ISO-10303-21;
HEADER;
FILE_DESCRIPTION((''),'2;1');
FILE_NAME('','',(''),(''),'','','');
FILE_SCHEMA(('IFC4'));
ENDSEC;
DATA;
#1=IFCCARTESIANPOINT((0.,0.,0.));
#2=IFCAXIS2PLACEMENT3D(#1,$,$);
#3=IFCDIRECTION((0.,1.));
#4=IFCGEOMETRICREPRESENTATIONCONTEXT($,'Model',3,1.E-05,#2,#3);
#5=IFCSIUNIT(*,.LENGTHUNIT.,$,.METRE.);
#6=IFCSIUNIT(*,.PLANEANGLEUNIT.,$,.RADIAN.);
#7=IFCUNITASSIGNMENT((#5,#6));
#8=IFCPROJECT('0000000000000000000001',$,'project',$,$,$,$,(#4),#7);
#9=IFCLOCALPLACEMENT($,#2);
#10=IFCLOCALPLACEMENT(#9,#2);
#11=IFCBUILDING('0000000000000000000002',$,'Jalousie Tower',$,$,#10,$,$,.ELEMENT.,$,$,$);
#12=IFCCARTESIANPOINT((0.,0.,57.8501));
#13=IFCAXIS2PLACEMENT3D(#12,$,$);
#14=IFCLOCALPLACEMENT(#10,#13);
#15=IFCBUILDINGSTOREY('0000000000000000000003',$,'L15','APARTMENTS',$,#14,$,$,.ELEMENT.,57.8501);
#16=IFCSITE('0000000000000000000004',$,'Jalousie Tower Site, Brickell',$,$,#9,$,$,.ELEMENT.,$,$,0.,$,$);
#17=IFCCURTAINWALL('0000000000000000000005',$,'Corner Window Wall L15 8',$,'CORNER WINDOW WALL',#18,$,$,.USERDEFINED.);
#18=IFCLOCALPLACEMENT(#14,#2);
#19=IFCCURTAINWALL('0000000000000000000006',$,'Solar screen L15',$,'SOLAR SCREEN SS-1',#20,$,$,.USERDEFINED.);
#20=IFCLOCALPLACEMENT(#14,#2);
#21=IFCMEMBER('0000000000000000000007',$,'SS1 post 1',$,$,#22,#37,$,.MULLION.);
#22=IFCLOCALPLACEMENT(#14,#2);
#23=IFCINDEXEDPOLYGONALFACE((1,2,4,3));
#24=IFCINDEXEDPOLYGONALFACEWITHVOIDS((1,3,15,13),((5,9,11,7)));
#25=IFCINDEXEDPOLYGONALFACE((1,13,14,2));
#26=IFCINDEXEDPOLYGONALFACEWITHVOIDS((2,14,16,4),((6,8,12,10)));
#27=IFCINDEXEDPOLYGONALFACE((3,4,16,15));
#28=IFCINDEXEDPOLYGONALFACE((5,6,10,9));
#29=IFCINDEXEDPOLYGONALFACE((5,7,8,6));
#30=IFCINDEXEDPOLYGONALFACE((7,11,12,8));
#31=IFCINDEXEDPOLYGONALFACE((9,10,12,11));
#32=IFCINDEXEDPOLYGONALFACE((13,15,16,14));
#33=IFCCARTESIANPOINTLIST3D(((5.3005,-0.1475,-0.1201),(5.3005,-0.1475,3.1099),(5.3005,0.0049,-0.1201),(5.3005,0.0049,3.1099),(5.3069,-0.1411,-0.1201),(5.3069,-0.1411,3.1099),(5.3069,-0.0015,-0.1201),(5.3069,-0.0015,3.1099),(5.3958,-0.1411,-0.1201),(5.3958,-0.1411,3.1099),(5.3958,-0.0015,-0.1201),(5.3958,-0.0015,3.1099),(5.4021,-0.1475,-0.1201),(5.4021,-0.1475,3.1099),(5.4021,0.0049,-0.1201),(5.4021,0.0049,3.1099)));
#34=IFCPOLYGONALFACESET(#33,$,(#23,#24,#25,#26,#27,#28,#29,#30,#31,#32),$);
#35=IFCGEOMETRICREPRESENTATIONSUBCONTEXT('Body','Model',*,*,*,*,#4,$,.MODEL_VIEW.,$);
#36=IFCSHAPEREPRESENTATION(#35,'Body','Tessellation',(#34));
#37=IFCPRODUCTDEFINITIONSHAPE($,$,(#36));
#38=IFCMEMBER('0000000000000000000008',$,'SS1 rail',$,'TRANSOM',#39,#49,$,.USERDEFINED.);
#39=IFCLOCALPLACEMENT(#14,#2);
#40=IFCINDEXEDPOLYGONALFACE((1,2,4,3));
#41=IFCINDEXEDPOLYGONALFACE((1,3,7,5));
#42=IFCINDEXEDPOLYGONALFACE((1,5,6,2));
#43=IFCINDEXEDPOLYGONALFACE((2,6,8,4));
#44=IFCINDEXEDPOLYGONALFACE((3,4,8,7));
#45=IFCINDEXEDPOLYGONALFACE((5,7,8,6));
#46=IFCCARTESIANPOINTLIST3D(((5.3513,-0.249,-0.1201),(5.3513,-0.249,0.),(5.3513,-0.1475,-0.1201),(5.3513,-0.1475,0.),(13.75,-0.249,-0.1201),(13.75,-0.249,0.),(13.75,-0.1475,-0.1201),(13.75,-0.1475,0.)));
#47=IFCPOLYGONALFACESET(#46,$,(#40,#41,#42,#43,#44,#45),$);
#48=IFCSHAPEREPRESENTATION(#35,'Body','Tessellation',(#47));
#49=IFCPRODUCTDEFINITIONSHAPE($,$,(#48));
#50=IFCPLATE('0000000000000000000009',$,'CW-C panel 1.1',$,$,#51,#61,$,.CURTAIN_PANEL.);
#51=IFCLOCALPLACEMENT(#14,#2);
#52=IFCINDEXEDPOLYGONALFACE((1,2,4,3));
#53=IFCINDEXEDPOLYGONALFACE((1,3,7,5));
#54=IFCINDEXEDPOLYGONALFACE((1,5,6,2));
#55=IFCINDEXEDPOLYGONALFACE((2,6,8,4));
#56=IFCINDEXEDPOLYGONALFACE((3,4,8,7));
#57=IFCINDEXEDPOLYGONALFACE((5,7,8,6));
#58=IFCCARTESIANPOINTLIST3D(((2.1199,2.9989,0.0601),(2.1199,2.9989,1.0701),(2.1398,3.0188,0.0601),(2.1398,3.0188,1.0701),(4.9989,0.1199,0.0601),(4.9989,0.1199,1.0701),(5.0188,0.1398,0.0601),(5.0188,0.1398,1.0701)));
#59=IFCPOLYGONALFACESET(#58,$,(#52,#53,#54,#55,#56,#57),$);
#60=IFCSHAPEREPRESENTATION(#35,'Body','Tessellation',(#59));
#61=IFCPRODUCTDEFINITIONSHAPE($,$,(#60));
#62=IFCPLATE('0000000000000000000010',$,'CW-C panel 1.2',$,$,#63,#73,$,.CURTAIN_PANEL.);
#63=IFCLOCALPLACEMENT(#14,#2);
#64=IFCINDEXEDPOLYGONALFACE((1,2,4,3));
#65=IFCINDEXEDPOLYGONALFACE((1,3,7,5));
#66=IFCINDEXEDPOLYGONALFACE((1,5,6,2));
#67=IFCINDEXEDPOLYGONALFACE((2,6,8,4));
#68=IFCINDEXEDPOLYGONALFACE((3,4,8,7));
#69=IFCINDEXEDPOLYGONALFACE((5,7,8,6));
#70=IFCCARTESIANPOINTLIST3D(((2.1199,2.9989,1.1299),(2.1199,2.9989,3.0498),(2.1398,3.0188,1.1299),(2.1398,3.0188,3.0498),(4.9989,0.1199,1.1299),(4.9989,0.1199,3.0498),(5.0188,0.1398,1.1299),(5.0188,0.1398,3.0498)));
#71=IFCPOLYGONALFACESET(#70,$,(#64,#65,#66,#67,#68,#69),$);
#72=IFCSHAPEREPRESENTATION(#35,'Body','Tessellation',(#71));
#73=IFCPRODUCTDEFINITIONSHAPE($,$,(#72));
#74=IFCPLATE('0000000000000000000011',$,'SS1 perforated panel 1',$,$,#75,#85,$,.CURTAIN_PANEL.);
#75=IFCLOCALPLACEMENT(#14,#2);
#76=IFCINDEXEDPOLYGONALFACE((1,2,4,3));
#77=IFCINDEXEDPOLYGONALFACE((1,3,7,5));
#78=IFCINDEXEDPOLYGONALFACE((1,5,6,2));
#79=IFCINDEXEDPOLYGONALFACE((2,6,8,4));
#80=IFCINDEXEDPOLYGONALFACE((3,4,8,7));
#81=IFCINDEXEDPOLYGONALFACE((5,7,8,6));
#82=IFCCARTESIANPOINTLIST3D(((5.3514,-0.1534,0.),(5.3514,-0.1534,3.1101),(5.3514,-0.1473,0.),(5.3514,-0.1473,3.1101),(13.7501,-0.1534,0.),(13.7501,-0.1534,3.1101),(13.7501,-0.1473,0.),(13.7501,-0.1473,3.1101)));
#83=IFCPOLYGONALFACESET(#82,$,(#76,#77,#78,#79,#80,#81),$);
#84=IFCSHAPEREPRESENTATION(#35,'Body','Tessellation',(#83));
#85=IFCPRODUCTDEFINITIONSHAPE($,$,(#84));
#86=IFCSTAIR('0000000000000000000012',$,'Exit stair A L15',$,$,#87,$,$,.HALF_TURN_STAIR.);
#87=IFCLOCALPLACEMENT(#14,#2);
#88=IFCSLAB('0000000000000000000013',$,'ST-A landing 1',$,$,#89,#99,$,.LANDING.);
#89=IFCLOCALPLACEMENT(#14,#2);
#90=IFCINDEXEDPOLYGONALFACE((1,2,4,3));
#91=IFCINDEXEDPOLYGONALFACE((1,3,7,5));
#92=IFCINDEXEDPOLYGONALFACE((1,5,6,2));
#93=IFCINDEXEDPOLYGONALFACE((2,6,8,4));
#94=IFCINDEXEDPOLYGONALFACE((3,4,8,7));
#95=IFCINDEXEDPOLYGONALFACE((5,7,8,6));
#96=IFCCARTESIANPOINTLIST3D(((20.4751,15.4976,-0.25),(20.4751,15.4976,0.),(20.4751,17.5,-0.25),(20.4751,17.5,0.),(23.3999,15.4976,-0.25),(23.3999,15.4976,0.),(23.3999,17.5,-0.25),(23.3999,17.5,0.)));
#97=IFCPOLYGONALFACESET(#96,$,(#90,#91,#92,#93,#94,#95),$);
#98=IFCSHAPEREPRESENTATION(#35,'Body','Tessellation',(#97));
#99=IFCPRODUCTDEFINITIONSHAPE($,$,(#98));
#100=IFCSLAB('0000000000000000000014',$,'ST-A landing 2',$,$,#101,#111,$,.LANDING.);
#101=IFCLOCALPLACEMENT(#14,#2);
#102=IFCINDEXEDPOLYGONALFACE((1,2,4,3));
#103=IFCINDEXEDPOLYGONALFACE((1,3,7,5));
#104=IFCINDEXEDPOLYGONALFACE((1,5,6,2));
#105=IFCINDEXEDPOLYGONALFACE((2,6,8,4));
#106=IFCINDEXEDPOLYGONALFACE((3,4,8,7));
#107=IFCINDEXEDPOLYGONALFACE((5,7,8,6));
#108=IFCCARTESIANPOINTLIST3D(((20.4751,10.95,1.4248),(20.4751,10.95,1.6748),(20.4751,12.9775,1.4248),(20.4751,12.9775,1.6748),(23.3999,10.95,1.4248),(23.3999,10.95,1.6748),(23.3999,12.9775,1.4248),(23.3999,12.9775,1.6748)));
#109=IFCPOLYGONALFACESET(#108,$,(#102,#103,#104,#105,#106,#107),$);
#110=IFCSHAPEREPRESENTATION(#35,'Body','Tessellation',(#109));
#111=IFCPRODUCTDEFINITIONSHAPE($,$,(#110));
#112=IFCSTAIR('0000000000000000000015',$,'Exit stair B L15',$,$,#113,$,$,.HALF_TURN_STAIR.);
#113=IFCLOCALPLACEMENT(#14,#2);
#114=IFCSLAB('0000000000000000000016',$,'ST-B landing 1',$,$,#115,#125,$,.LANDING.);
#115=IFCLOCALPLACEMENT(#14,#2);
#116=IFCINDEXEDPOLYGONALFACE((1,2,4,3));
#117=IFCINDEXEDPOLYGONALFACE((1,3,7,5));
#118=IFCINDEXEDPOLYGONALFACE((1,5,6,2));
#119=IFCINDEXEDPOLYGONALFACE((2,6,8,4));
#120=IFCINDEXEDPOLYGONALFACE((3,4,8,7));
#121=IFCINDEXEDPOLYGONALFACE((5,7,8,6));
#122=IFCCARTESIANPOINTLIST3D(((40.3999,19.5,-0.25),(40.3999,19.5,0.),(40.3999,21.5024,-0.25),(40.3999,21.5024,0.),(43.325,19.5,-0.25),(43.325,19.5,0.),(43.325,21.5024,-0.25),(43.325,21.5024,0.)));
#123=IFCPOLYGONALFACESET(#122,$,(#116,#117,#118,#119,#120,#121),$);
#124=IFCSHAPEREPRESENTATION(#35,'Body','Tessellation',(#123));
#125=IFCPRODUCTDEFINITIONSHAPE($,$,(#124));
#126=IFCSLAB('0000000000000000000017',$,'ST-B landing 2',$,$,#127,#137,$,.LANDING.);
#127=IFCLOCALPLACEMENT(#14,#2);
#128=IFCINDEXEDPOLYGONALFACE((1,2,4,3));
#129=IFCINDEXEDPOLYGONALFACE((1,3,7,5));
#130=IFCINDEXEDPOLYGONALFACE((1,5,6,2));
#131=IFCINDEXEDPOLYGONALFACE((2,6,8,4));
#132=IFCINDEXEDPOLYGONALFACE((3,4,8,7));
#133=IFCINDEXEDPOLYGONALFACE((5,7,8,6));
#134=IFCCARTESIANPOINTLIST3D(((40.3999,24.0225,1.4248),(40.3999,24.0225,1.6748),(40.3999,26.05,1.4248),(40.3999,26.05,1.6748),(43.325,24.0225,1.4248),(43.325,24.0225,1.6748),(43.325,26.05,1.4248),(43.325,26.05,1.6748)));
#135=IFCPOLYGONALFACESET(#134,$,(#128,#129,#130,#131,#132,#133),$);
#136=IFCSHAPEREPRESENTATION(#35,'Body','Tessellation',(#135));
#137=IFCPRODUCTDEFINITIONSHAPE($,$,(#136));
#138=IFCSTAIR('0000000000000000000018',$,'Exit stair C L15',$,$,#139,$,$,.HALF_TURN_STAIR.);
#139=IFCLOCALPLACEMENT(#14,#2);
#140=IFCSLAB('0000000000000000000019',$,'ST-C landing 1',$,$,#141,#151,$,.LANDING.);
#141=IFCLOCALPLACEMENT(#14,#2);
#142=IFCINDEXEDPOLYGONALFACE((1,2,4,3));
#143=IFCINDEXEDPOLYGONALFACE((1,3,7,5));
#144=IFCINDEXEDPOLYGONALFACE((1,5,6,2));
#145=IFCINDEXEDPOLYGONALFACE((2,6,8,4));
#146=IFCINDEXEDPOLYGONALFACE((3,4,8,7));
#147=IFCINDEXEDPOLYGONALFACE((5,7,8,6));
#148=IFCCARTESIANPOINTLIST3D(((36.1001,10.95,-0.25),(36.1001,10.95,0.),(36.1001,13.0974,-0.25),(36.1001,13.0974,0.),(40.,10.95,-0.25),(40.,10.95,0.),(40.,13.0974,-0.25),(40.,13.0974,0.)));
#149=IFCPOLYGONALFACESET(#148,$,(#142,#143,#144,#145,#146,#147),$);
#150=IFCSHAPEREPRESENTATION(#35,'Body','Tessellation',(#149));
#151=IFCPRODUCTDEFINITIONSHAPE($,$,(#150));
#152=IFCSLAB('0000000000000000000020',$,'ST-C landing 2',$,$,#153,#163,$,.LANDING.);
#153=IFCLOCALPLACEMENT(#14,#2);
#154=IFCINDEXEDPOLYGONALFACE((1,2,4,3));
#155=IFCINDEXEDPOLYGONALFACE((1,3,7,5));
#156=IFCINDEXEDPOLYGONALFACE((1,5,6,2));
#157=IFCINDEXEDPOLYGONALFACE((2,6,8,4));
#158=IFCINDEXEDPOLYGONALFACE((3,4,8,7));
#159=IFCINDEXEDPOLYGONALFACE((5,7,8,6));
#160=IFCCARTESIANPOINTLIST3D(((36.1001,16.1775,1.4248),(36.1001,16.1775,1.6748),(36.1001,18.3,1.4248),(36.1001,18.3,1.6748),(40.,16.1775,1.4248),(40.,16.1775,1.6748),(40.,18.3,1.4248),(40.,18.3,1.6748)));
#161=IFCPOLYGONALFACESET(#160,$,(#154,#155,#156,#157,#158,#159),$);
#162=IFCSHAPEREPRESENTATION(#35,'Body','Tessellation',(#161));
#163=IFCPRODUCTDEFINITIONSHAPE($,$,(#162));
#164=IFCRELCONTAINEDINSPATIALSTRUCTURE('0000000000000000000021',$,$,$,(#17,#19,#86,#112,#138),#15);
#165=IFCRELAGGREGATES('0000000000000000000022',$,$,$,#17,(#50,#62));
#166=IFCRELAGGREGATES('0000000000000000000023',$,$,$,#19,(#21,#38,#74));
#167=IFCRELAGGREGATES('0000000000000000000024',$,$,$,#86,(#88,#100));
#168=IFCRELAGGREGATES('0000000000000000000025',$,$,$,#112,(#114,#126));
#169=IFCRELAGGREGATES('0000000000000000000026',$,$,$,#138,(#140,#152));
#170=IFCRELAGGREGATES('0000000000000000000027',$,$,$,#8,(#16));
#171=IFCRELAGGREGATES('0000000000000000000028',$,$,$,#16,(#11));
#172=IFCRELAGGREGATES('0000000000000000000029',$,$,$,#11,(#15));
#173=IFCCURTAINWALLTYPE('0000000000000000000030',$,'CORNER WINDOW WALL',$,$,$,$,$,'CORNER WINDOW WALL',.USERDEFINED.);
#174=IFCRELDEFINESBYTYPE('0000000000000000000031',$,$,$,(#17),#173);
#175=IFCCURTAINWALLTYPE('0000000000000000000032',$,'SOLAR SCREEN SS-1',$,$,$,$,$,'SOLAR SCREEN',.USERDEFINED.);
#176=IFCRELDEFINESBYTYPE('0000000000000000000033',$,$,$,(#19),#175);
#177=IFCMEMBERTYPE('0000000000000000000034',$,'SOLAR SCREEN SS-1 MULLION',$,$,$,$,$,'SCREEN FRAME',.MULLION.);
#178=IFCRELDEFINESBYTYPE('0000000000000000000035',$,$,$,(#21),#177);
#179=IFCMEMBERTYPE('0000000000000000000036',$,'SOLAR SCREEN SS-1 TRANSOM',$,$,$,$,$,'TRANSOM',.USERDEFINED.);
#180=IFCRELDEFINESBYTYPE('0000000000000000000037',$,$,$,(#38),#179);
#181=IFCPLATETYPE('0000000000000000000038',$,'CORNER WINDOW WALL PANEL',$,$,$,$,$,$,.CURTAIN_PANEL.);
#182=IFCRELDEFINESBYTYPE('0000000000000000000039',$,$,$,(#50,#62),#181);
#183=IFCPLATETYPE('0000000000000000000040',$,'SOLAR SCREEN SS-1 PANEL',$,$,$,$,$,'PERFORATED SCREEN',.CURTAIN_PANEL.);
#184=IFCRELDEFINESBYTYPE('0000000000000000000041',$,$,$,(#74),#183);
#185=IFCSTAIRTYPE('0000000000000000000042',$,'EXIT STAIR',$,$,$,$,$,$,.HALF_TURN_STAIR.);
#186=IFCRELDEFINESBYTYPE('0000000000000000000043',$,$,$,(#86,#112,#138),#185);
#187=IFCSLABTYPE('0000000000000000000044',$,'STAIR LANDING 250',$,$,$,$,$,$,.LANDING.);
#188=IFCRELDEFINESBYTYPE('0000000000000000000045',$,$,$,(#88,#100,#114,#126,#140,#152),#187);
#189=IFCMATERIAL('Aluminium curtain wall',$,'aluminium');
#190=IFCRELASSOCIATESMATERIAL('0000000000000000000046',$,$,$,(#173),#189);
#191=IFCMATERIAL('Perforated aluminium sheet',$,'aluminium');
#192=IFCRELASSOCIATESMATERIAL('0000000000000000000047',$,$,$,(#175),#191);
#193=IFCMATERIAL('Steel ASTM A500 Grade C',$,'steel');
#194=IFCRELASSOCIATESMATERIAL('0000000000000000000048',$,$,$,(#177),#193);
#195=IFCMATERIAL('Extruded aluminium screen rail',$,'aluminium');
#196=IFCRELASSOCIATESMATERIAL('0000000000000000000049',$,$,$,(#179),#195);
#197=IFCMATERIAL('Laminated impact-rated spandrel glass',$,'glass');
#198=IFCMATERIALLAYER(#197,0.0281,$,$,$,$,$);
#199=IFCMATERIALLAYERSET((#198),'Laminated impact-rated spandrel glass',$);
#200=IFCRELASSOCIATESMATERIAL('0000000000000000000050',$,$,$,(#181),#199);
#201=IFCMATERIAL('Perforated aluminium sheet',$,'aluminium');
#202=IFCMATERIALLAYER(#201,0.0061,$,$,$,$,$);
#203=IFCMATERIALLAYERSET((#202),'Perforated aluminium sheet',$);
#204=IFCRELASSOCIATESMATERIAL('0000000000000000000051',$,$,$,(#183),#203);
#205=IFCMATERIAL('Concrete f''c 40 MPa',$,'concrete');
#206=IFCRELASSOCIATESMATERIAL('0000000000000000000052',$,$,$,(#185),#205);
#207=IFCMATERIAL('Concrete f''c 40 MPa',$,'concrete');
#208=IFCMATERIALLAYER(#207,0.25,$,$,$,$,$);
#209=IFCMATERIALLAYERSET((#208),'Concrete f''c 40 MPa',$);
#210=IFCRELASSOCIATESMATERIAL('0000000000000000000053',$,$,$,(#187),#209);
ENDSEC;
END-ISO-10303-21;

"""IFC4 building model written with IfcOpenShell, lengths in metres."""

from ifc_helpers import new_model, si_unit, direction, frame, origin, origin_2d, place, context, subcontext, project, spatial, polyline, rectangle, hollow_rectangle, outline, extrude, material, layer, layer_set, material_profile, profile_set, type_object, element, aggregate, save


model = new_model("IFC4")

# Units and contexts
model_context = context("Model", 3, precision=1e-05, world=origin(), true_north=direction((0.0, 1.0)))
body_context = subcontext(model_context, "Body", "Model", "MODEL_VIEW")
ifc_project = project(units=[si_unit("LENGTHUNIT", "METRE"), si_unit("PLANEANGLEUNIT", "RADIAN")], contexts=[model_context])

# Site, building, storey
site_placement = place(None, origin())
site = spatial("IfcSite", under=ifc_project, at=site_placement, Name="Jalousie Tower Site, Brickell", CompositionType="ELEMENT", RefElevation=0.0)
building_placement = place(site_placement, origin())
building = spatial("IfcBuilding", under=site, at=building_placement, Name="Jalousie Tower", CompositionType="ELEMENT")
storey_placement = place(building_placement, frame((0.0, 0.0, 57.8501)))
storey = spatial("IfcBuildingStorey", under=building, at=storey_placement, Name="L15", Description="APARTMENTS", CompositionType="ELEMENT", Elevation=57.8501)

# Curtain wall
ifc_material_1 = material(Name="Aluminium curtain wall", Category="aluminium")
curtain_wall_type_1 = type_object("IfcCurtainWallType", Name="CORNER WINDOW WALL", ElementType="CORNER WINDOW WALL", PredefinedType="USERDEFINED", material=ifc_material_1)
curtain_wall_1_placement = place(storey_placement, origin())
curtain_wall_1 = element("IfcCurtainWall", 1, at=curtain_wall_1_placement, inside=storey, type_object=curtain_wall_type_1, Name="Corner Window Wall L15 8", ObjectType="CORNER WINDOW WALL", PredefinedType="USERDEFINED")

# Curtain wall, members
ifc_material_2 = material(Name="Perforated aluminium sheet", Category="aluminium")
curtain_wall_type_2 = type_object("IfcCurtainWallType", Name="SOLAR SCREEN SS-1", ElementType="SOLAR SCREEN", PredefinedType="USERDEFINED", material=ifc_material_2)
curtain_wall_2_placement = place(storey_placement, origin())
curtain_wall_2 = element("IfcCurtainWall", 2, at=curtain_wall_2_placement, inside=storey, type_object=curtain_wall_type_2, Name="Solar screen L15", ObjectType="SOLAR SCREEN SS-1", PredefinedType="USERDEFINED")
ifc_material_3 = material(Name="Steel ASTM A500 Grade C", Category="steel")
ifc_material_profile_1 = material_profile(ifc_material_3, hollow_rectangle(XDim=0.1016, YDim=0.1523, WallThickness=0.0063, at=origin_2d()), Name="HSS6X4X1/4")
ifc_profile_set_1 = profile_set([ifc_material_profile_1], Name="Steel ASTM A500 Grade C")
member_type_1 = type_object("IfcMemberType", Name="SOLAR SCREEN SS-1 MULLION", ElementType="SCREEN FRAME", PredefinedType="MULLION", material=ifc_profile_set_1)
member_1_placement = place(storey_placement, frame((5.3513, -0.0713, -0.1201), z_axis=(0.0, 0.0, 1.0), x_axis=(1.0, 0.0, 0.0)))
member_1 = element("IfcMember", 3, at=member_1_placement, type_object=member_type_1, Name="SS1 post 1", PredefinedType="MULLION", context=body_context, shape_type="SweptSolid", body=[
    extrude(hollow_rectangle(XDim=0.1016, YDim=0.1523, WallThickness=0.0063, at=origin_2d()), origin(), (0.0, 0.0, 1.0), 3.23),
])
ifc_material_4 = material(Name="Extruded aluminium screen rail", Category="aluminium")
ifc_material_profile_2 = material_profile(ifc_material_4, rectangle(XDim=0.1016, YDim=0.1201, at=origin_2d()), Name="RAIL 102x120")
ifc_profile_set_2 = profile_set([ifc_material_profile_2], Name="Extruded aluminium screen rail")
member_type_2 = type_object("IfcMemberType", Name="SOLAR SCREEN SS-1 TRANSOM", ElementType="TRANSOM", PredefinedType="USERDEFINED", material=ifc_profile_set_2)
member_2_placement = place(storey_placement, frame((5.3513, -0.1982, -0.0601), z_axis=(1.0, 0.0, 0.0), x_axis=(0.0, 1.0, 0.0)))
member_2 = element("IfcMember", 4, at=member_2_placement, type_object=member_type_2, Name="SS1 rail", ObjectType="TRANSOM", PredefinedType="USERDEFINED", context=body_context, shape_type="SweptSolid", body=[
    extrude(rectangle(XDim=0.1016, YDim=0.1201, at=origin_2d()), origin(), (0.0, 0.0, 1.0), 8.3987),
])

# Plates
ifc_material_5 = material(Name="Laminated impact-rated spandrel glass", Category="glass")
ifc_layer_1 = layer(ifc_material_5, 0.0281)
ifc_layer_set_1 = layer_set([ifc_layer_1], Name="Laminated impact-rated spandrel glass")
plate_type_1 = type_object("IfcPlateType", Name="CORNER WINDOW WALL PANEL", PredefinedType="CURTAIN_PANEL", material=ifc_layer_set_1)
plate_1_placement = place(storey_placement, frame((3.5693, 1.5693, 0.0601), z_axis=(0.0, 0.0, 1.0), x_axis=(0.707107, -0.707107, 0.0)))
plate_1 = element("IfcPlate", 5, at=plate_1_placement, type_object=plate_type_1, Name="CW-C panel 1.1", PredefinedType="CURTAIN_PANEL", context=body_context, shape_type="SweptSolid", body=[
    extrude(rectangle(XDim=4.0715, YDim=0.0281, at=origin_2d()), origin(), (0.0, 0.0, 1.0), 1.01),
])
plate_2_placement = place(storey_placement, frame((3.5693, 1.5693, 1.1299), z_axis=(0.0, 0.0, 1.0), x_axis=(0.707107, -0.707107, 0.0)))
plate_2 = element("IfcPlate", 6, at=plate_2_placement, type_object=plate_type_1, Name="CW-C panel 1.2", PredefinedType="CURTAIN_PANEL", context=body_context, shape_type="SweptSolid", body=[
    extrude(rectangle(XDim=4.0715, YDim=0.0281, at=origin_2d()), origin(), (0.0, 0.0, 1.0), 1.9199),
])
aggregate(curtain_wall_1, [plate_1, plate_2])

# Plate
ifc_material_6 = material(Name="Perforated aluminium sheet", Category="aluminium")
ifc_layer_2 = layer(ifc_material_6, 0.0061)
ifc_layer_set_2 = layer_set([ifc_layer_2], Name="Perforated aluminium sheet")
plate_type_2 = type_object("IfcPlateType", Name="SOLAR SCREEN SS-1 PANEL", ElementType="PERFORATED SCREEN", PredefinedType="CURTAIN_PANEL", material=ifc_layer_set_2)
plate_3_placement = place(storey_placement, frame((9.5508, -0.1504, 0.0), z_axis=(0.0, 0.0, 1.0), x_axis=(1.0, 0.0, 0.0)))
plate_3 = element("IfcPlate", 7, at=plate_3_placement, type_object=plate_type_2, Name="SS1 perforated panel 1", PredefinedType="CURTAIN_PANEL", context=body_context, shape_type="SweptSolid", body=[
    extrude(rectangle(XDim=8.3987, YDim=0.0061, at=origin_2d()), origin(), (0.0, 0.0, 1.0), 3.1101),
])
aggregate(curtain_wall_2, [member_1, member_2, plate_3])

# Stairs, slabs
ifc_material_7 = material(Name="Concrete f'c 40 MPa", Category="concrete")
stair_type = type_object("IfcStairType", Name="EXIT STAIR", PredefinedType="HALF_TURN_STAIR", material=ifc_material_7)
stair_1_placement = place(storey_placement, origin())
stair_1 = element("IfcStair", 8, at=stair_1_placement, inside=storey, type_object=stair_type, Name="Exit stair A L15", PredefinedType="HALF_TURN_STAIR")
ifc_material_8 = material(Name="Concrete f'c 40 MPa", Category="concrete")
ifc_layer_3 = layer(ifc_material_8, 0.25)
ifc_layer_set_3 = layer_set([ifc_layer_3], Name="Concrete f'c 40 MPa")
slab_type_1 = type_object("IfcSlabType", Name="STAIR LANDING 250", PredefinedType="LANDING", material=ifc_layer_set_3)
slab_1_placement = place(storey_placement, frame((0.0, 0.0, -0.25)))
slab_1 = element("IfcSlab", 9, at=slab_1_placement, type_object=slab_type_1, Name="ST-A landing 1", PredefinedType="LANDING", context=body_context, shape_type="SweptSolid", body=[
    extrude(outline(polyline([(20.4751, 15.4976), (23.3999, 15.4976), (23.3999, 17.5), (20.4751, 17.5), (20.4751, 15.4976)])), origin(), (0.0, 0.0, 1.0), 0.25),
])
slab_2_placement = place(storey_placement, frame((0.0, 0.0, 1.4248)))
slab_2 = element("IfcSlab", 10, at=slab_2_placement, type_object=slab_type_1, Name="ST-A landing 2", PredefinedType="LANDING", context=body_context, shape_type="SweptSolid", body=[
    extrude(outline(polyline([(20.4751, 10.95), (23.3999, 10.95), (23.3999, 12.9775), (20.4751, 12.9775), (20.4751, 10.95)])), origin(), (0.0, 0.0, 1.0), 0.25),
])
aggregate(stair_1, [slab_1, slab_2])
stair_2_placement = place(storey_placement, origin())
stair_2 = element("IfcStair", 11, at=stair_2_placement, inside=storey, type_object=stair_type, Name="Exit stair B L15", PredefinedType="HALF_TURN_STAIR")
slab_3_placement = place(storey_placement, frame((0.0, 0.0, -0.25)))
slab_3 = element("IfcSlab", 12, at=slab_3_placement, type_object=slab_type_1, Name="ST-B landing 1", PredefinedType="LANDING", context=body_context, shape_type="SweptSolid", body=[
    extrude(outline(polyline([(40.3999, 19.5), (43.325, 19.5), (43.325, 21.5024), (40.3999, 21.5024), (40.3999, 19.5)])), origin(), (0.0, 0.0, 1.0), 0.25),
])
slab_4_placement = place(storey_placement, frame((0.0, 0.0, 1.4248)))
slab_4 = element("IfcSlab", 13, at=slab_4_placement, type_object=slab_type_1, Name="ST-B landing 2", PredefinedType="LANDING", context=body_context, shape_type="SweptSolid", body=[
    extrude(outline(polyline([(40.3999, 24.0225), (43.325, 24.0225), (43.325, 26.05), (40.3999, 26.05), (40.3999, 24.0225)])), origin(), (0.0, 0.0, 1.0), 0.25),
])
aggregate(stair_2, [slab_3, slab_4])
stair_3_placement = place(storey_placement, origin())
stair_3 = element("IfcStair", 14, at=stair_3_placement, inside=storey, type_object=stair_type, Name="Exit stair C L15", PredefinedType="HALF_TURN_STAIR")
slab_5_placement = place(storey_placement, frame((0.0, 0.0, -0.25)))
slab_5 = element("IfcSlab", 15, at=slab_5_placement, type_object=slab_type_1, Name="ST-C landing 1", PredefinedType="LANDING", context=body_context, shape_type="SweptSolid", body=[
    extrude(outline(polyline([(36.1001, 10.95), (40.0, 10.95), (40.0, 13.0974), (36.1001, 13.0974), (36.1001, 10.95)])), origin(), (0.0, 0.0, 1.0), 0.25),
])
slab_6_placement = place(storey_placement, frame((0.0, 0.0, 1.4248)))
slab_6 = element("IfcSlab", 16, at=slab_6_placement, type_object=slab_type_1, Name="ST-C landing 2", PredefinedType="LANDING", context=body_context, shape_type="SweptSolid", body=[
    extrude(outline(polyline([(36.1001, 16.1775), (40.0, 16.1775), (40.0, 18.3), (36.1001, 18.3), (36.1001, 16.1775)])), origin(), (0.0, 0.0, 1.0), 0.25),
])
aggregate(stair_3, [slab_5, slab_6])

save(model, "model.ifc")
